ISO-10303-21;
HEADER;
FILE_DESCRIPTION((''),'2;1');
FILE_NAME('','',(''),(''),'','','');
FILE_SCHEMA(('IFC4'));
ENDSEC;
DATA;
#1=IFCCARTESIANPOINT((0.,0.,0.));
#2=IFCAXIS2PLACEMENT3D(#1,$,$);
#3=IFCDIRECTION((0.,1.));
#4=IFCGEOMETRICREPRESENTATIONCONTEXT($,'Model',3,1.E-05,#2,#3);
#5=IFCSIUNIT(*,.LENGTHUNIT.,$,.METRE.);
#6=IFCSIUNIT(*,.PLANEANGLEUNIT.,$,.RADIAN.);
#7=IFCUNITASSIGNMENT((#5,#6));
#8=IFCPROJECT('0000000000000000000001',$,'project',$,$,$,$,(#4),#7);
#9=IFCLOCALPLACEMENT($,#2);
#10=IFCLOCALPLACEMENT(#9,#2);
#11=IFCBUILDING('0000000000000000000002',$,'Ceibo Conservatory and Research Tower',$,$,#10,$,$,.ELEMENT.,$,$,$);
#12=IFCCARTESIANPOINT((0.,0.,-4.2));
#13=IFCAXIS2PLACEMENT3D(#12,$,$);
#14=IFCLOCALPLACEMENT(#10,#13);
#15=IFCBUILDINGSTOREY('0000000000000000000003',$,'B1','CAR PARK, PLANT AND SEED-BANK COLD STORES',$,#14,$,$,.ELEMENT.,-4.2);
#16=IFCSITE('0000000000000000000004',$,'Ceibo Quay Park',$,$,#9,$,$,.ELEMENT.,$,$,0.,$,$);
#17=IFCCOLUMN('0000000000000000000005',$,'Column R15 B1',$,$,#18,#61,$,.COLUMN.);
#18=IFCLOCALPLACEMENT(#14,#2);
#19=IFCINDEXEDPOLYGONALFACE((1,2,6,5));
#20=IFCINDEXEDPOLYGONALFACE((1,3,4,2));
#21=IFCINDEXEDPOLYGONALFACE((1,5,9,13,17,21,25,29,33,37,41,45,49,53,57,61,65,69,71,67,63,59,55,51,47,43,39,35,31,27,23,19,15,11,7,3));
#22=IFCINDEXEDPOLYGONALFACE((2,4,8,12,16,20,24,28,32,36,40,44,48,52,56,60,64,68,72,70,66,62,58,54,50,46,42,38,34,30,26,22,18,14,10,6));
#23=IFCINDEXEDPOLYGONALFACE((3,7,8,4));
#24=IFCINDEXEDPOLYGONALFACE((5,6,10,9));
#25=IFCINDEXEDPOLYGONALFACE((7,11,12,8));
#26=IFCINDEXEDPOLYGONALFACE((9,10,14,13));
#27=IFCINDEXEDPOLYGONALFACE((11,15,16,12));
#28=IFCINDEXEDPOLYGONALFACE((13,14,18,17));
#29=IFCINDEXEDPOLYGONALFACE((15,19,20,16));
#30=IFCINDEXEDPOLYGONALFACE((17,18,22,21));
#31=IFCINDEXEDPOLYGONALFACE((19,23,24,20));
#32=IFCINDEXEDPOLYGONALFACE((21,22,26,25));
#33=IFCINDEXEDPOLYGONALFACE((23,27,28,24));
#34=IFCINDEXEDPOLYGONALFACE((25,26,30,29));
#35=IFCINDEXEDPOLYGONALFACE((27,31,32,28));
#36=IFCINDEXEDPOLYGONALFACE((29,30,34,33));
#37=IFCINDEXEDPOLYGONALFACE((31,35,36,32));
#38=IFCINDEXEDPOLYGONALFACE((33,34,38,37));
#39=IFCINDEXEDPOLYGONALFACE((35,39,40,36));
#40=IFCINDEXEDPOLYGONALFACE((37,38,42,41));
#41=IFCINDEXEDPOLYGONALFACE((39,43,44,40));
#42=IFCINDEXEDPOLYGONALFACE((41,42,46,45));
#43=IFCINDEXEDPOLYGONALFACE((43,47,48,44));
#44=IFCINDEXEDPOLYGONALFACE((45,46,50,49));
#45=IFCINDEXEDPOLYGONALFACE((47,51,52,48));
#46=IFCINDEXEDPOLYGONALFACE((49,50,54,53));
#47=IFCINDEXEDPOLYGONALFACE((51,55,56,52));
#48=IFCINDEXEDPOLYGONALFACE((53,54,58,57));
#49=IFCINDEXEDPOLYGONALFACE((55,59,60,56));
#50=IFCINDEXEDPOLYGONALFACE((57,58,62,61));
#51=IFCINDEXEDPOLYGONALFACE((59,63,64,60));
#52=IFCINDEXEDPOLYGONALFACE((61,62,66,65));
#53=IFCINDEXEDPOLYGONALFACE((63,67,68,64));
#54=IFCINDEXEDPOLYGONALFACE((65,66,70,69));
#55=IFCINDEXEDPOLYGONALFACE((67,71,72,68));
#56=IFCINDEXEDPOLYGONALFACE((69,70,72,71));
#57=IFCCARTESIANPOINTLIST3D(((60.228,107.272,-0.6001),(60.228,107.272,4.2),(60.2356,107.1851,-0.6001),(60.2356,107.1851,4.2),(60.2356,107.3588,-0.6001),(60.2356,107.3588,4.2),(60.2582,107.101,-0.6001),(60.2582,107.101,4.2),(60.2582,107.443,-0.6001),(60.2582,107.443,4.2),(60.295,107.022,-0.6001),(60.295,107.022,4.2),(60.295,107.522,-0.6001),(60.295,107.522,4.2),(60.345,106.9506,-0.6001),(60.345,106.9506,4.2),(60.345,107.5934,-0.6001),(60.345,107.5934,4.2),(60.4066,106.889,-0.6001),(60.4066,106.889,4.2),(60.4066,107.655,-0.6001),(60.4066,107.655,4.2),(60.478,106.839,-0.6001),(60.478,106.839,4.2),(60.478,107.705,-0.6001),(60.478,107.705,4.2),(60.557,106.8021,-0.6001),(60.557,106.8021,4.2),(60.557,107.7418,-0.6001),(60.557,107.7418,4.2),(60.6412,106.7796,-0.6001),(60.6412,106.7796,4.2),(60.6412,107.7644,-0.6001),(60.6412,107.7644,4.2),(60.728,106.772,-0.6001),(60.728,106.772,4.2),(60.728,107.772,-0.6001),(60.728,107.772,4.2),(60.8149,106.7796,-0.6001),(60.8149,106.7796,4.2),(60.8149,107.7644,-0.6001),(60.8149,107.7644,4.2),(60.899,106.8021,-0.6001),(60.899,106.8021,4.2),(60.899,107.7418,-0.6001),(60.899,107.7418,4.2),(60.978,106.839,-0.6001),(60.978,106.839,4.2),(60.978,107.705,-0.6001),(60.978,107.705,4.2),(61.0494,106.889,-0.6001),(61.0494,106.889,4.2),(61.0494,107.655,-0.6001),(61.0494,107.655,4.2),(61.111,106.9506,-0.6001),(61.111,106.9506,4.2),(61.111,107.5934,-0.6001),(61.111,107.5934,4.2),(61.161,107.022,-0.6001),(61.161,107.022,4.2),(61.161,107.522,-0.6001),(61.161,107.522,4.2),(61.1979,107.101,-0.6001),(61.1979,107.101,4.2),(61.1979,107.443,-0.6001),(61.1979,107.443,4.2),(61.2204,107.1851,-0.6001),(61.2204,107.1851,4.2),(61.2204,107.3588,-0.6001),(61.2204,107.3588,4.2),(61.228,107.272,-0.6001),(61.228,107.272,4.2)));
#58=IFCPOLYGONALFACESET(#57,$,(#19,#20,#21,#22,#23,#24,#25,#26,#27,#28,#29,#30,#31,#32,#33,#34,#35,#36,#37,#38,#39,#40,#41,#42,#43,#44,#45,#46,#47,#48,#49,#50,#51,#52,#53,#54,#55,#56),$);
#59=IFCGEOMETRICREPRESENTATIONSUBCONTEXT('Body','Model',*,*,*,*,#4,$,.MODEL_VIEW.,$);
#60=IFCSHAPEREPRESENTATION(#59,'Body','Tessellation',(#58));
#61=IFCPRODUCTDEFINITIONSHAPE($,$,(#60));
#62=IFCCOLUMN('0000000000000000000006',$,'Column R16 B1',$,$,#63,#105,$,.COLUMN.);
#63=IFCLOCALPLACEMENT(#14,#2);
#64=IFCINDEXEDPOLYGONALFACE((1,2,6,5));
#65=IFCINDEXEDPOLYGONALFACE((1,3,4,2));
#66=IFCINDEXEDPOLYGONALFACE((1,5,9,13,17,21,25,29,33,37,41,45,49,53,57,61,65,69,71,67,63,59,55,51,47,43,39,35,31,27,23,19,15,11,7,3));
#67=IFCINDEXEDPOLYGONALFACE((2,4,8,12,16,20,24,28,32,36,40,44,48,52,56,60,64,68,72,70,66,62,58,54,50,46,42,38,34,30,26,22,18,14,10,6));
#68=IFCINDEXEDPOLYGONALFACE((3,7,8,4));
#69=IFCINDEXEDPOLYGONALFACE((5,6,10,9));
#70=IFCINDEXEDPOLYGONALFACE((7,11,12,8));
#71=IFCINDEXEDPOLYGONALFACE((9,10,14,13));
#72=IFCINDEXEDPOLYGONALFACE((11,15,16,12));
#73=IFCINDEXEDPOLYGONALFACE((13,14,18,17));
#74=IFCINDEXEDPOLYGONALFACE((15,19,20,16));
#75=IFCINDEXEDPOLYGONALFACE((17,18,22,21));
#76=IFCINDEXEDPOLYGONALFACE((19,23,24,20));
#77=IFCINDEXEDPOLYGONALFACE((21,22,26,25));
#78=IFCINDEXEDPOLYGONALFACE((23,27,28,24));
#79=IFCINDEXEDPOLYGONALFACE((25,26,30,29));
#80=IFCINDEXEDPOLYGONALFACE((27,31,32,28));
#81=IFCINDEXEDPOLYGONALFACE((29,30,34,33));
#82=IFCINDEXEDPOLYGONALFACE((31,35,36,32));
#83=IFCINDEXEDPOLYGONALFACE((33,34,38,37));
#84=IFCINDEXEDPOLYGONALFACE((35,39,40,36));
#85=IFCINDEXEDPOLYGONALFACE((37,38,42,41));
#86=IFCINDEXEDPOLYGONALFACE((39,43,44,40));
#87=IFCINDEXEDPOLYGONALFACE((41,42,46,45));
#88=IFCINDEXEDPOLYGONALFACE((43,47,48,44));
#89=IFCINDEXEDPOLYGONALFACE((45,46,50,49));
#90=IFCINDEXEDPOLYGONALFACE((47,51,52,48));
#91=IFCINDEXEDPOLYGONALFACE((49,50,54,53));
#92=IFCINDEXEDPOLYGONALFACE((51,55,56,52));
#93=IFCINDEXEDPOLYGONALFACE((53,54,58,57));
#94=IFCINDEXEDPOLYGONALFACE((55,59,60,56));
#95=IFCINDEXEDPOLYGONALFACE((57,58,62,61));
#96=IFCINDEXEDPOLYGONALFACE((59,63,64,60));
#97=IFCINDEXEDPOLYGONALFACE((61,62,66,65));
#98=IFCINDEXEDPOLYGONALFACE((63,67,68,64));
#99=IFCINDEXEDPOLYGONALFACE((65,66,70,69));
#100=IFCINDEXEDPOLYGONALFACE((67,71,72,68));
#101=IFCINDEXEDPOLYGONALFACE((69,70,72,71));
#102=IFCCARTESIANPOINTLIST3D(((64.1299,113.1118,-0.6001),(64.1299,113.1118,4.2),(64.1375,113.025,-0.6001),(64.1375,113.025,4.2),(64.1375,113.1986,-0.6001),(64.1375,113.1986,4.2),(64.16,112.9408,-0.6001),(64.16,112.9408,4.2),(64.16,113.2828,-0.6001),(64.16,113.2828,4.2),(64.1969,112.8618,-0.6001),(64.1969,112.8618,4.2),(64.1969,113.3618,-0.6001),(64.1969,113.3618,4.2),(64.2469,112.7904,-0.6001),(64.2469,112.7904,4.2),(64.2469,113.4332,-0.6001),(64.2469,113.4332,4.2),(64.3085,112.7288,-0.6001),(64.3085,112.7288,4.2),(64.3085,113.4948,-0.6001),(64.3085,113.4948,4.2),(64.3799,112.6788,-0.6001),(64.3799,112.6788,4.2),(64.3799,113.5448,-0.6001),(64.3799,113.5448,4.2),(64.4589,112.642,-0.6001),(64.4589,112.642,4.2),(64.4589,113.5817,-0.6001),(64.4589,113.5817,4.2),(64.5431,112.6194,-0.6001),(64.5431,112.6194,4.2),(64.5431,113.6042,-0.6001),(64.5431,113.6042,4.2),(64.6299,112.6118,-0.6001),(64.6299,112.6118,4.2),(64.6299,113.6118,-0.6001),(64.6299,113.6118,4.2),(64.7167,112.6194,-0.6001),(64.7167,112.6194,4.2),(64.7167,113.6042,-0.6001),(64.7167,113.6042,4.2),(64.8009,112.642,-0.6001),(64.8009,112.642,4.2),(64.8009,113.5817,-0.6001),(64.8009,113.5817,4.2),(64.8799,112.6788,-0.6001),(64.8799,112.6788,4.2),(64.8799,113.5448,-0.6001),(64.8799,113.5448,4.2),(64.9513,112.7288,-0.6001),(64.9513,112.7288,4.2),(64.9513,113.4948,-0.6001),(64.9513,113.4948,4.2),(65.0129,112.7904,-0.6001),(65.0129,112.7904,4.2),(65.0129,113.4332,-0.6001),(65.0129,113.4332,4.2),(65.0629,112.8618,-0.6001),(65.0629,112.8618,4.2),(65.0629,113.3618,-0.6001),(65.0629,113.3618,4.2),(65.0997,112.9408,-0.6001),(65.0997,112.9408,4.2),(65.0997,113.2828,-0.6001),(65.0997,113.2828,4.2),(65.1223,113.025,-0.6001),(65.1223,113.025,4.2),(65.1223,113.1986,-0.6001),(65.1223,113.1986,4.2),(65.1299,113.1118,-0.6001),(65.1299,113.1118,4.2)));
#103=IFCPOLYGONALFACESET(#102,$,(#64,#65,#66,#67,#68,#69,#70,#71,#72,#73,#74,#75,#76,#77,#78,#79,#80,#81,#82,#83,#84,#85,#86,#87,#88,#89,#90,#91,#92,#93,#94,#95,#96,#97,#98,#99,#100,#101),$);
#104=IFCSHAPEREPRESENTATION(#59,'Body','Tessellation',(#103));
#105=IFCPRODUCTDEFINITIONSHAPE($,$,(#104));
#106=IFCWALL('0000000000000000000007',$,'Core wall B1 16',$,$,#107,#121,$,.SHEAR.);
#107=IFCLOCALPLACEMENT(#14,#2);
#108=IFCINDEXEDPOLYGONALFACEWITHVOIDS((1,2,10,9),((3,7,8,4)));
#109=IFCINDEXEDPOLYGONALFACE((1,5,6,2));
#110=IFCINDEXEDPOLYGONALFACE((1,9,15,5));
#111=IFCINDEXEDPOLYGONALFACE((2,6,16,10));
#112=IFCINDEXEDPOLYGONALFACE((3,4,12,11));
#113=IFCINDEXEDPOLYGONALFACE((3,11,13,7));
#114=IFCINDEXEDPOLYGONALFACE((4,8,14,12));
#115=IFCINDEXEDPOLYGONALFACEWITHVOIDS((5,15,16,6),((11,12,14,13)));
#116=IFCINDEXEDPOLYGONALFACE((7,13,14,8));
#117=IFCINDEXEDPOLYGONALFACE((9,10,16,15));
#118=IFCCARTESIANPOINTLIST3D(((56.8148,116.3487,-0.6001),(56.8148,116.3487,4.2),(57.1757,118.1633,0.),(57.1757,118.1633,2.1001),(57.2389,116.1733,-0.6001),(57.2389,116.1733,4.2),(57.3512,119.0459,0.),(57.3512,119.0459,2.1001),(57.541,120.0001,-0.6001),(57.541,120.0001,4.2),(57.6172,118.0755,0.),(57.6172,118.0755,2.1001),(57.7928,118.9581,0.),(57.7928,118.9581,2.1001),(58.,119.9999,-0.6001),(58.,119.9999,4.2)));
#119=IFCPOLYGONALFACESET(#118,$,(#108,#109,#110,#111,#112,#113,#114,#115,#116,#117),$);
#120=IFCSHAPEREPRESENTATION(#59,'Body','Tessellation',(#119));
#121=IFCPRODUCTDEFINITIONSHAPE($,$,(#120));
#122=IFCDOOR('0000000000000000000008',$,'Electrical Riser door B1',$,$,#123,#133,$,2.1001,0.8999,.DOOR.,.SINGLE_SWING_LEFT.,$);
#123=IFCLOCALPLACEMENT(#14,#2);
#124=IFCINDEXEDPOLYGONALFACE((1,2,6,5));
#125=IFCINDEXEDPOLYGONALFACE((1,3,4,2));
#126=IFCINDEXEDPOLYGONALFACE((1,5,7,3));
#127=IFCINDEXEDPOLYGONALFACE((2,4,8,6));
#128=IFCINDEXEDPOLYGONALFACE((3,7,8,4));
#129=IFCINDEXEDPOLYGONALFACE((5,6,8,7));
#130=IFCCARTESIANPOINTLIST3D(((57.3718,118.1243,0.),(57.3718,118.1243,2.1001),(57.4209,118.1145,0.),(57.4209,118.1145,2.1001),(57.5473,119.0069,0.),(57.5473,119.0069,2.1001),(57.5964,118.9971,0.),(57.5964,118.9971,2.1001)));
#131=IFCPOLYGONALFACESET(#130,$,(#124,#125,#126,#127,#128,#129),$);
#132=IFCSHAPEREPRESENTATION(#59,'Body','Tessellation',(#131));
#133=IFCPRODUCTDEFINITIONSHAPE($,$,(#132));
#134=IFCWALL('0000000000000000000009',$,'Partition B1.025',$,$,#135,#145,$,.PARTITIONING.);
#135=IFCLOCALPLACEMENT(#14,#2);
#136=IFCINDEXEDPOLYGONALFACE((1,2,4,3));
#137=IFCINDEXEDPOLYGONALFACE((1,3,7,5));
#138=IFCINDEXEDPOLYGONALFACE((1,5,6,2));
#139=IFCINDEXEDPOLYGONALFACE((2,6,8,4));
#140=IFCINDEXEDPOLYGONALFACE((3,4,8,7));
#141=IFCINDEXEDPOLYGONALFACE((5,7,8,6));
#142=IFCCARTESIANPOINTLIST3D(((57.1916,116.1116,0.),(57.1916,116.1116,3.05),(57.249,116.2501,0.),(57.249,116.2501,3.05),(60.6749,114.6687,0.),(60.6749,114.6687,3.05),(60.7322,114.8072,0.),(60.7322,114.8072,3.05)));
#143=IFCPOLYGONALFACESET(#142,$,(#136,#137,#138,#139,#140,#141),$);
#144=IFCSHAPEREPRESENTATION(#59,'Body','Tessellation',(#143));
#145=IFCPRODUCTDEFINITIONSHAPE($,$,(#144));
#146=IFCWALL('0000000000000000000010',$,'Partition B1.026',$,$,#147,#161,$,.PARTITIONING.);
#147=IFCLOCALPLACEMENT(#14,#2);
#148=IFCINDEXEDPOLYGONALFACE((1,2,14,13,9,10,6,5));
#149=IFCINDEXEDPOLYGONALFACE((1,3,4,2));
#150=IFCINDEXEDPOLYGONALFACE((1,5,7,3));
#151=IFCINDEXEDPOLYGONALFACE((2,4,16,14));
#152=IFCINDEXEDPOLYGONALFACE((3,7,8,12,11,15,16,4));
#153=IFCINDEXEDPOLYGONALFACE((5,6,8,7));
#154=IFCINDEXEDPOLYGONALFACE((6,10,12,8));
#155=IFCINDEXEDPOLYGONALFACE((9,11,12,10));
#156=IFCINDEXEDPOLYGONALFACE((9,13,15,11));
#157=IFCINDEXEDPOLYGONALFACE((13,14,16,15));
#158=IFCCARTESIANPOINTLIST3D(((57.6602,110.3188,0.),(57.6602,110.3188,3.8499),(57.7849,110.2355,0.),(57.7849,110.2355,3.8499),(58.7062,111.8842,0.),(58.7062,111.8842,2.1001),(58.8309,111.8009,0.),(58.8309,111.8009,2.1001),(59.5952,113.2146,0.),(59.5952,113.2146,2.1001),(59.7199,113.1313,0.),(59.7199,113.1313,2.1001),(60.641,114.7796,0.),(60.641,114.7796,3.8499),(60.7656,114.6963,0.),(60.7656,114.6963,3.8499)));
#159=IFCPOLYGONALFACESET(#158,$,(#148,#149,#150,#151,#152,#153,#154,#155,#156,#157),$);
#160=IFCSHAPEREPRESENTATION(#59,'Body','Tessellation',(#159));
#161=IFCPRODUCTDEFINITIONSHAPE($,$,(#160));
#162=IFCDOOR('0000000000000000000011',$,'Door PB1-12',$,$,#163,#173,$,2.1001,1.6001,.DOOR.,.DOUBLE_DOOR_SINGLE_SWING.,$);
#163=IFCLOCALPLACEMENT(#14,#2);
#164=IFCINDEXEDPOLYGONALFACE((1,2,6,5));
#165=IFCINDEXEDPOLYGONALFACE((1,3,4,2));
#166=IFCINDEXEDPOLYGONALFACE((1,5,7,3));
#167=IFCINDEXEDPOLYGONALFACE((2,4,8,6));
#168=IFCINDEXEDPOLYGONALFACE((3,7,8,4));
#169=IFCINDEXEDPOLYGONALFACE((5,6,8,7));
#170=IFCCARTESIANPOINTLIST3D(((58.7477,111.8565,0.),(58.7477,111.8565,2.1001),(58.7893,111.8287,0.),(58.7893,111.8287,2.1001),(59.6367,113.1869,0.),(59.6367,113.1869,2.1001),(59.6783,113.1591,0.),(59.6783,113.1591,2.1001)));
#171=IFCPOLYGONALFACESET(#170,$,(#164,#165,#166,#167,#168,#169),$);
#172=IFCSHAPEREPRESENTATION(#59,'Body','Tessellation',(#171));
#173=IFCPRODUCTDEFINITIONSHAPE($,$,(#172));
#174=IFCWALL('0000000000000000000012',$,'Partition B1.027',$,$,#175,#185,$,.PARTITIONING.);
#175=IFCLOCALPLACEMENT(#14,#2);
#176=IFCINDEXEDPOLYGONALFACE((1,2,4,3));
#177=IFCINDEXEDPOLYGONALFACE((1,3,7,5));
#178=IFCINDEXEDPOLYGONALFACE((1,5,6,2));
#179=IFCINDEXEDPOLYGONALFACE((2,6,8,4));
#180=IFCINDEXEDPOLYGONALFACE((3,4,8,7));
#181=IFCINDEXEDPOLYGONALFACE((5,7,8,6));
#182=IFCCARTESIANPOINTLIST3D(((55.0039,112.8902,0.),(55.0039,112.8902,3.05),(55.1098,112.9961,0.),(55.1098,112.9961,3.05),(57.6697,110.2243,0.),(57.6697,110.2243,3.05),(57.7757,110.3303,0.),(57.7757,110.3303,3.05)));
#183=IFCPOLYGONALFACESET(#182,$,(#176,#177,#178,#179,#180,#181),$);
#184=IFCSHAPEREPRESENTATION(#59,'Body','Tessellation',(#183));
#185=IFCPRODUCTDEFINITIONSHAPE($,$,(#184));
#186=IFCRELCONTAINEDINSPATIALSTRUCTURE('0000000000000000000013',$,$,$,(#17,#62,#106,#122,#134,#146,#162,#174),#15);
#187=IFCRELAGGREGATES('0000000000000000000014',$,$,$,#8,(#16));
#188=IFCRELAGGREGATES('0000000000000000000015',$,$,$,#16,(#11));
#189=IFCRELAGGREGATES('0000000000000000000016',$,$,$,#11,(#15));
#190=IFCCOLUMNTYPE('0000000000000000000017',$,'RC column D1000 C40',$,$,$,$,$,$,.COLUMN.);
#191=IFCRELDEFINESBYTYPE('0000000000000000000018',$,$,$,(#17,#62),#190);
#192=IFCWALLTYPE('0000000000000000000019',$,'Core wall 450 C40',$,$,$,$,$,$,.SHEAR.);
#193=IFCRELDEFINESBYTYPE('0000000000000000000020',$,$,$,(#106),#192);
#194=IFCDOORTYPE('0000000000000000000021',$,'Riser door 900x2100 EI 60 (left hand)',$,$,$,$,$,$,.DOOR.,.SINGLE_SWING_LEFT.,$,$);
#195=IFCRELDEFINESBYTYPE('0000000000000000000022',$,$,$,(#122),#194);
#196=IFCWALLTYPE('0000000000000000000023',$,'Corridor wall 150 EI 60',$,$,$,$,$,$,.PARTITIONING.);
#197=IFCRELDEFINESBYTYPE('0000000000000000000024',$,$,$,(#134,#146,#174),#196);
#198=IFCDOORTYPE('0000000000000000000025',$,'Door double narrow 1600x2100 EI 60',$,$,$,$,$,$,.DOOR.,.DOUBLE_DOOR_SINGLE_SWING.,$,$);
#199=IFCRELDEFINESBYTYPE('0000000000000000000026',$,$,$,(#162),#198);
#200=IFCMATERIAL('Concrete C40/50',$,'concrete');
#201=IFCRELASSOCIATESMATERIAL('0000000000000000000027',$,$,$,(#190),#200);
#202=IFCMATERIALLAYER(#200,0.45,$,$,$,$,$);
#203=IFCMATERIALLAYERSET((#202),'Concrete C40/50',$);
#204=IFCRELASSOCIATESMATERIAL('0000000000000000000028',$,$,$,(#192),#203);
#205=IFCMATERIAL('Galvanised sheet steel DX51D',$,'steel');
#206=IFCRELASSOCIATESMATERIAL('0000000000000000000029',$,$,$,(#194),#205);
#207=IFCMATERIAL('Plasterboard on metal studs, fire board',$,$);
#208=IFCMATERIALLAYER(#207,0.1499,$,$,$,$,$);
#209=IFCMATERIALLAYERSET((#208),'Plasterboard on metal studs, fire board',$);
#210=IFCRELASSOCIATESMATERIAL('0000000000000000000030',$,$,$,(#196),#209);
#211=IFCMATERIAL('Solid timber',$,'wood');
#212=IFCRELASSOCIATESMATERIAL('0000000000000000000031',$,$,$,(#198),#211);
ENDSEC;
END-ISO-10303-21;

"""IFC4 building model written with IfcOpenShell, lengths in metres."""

from ifc_helpers import new_model, si_unit, direction, frame, frame_2d, origin, origin_2d, place, context, subcontext, project, spatial, polyline, rectangle, circle, outline, extrude, material, layer, layer_set, material_profile, profile_set, type_object, element, fill, save


model = new_model("IFC4")

# Units and contexts
model_context = context("Model", 3, precision=1e-05, world=origin(), true_north=direction((0.0, 1.0)))
body_context = subcontext(model_context, "Body", "Model", "MODEL_VIEW")
ifc_project = project(units=[si_unit("LENGTHUNIT", "METRE"), si_unit("PLANEANGLEUNIT", "RADIAN")], contexts=[model_context])

# Site, building, storey
site_placement = place(None, origin())
site = spatial("IfcSite", under=ifc_project, at=site_placement, Name="Ceibo Quay Park", CompositionType="ELEMENT", RefElevation=0.0)
building_placement = place(site_placement, origin())
building = spatial("IfcBuilding", under=site, at=building_placement, Name="Ceibo Conservatory and Research Tower", CompositionType="ELEMENT")
storey_placement = place(building_placement, frame((0.0, 0.0, -4.2)))
storey = spatial("IfcBuildingStorey", under=building, at=storey_placement, Name="B1", Description="CAR PARK, PLANT AND SEED-BANK COLD STORES", CompositionType="ELEMENT", Elevation=-4.2)

# Shared definitions
ifc_material_1 = material(Name="Concrete C40/50", Category="concrete")

# Columns
ifc_material_profile_1 = material_profile(ifc_material_1, circle(Radius=0.5, at=origin_2d()), Name="RC D1000")
ifc_profile_set_1 = profile_set([ifc_material_profile_1], Name="Concrete C40/50")
column_type = type_object("IfcColumnType", Name="RC column D1000 C40", PredefinedType="COLUMN", material=ifc_profile_set_1)
for number, where, z_axis, x_axis, name in (
    (1, (60.728, 107.272, -0.6001), (0.0, 0.0, 1.0), (1.0, 0.0, 0.0), "Column R15 B1"),
    (2, (64.6299, 113.1118, -0.6001), (0.0, 0.0, 1.0), (1.0, 0.0, 0.0), "Column R16 B1"),
):
    element("IfcColumn", number, at=place(storey_placement, frame(where, z_axis=z_axis, x_axis=x_axis)), inside=storey, type_object=column_type, Name=name, PredefinedType="COLUMN", context=body_context, shape_type="SweptSolid", body=[
        extrude(circle(Radius=0.5, at=origin_2d()), origin(), (0.0, 0.0, 1.0), 4.8),
    ])

# Wall, opening, door
ifc_layer_1 = layer(ifc_material_1, 0.45)
ifc_layer_set_1 = layer_set([ifc_layer_1], Name="Concrete C40/50")
wall_type_1 = type_object("IfcWallType", Name="Core wall 450 C40", PredefinedType="SHEAR", material=ifc_layer_set_1)
wall_1_placement = place(storey_placement, frame((57.0269, 116.261, -0.6001), z_axis=(0.0, 0.0, 1.0), x_axis=(0.195069, 0.980789, 0.0)))
wall_1 = element("IfcWall", 3, at=wall_1_placement, inside=storey, type_object=wall_type_1, Name="Core wall B1 16", PredefinedType="SHEAR", context=body_context, shape_type="SweptSolid", body=[
    extrude(outline(polyline([(-0.0447, -0.2251), (3.8569, -0.2251), (3.7676, 0.2251), (0.0447, 0.2251), (-0.0447, -0.2251)])), origin(), (0.0, 0.0, 1.0), 4.8),
])
opening_1_placement = place(wall_1_placement, frame((1.8948, 0.0, 0.6001)))
opening_1 = element("IfcOpeningElement", 4, at=opening_1_placement, cuts=wall_1, PredefinedType="OPENING", context=body_context, shape_type="SweptSolid", body=[
    extrude(rectangle(XDim=0.8999, YDim=2.1001, at=frame_2d((0.45, 1.05))), frame((0.0, 0.2349, 0.0), z_axis=(0.0, -1.0, 0.0), x_axis=(1.0, 0.0, 0.0)), (0.0, 0.0, 1.0), 0.47),
])
ifc_material_2 = material(Name="Galvanised sheet steel DX51D", Category="steel")
door_type_1 = type_object("IfcDoorType", Name="Riser door 900x2100 EI 60 (left hand)", OperationType="SINGLE_SWING_LEFT", PredefinedType="DOOR", material=ifc_material_2)
door_1_placement = place(opening_1_placement, frame((0.8999, 0.0, 0.0), z_axis=(0.0, 0.0, 1.0), x_axis=(-1.0, 0.0, 0.0)))
door_1 = element("IfcDoor", 5, at=door_1_placement, inside=storey, type_object=door_type_1, Name="Electrical Riser door B1", OperationType="SINGLE_SWING_LEFT", OverallHeight=2.1001, OverallWidth=0.8999, PredefinedType="DOOR", context=body_context, shape_type="SweptSolid", body=[
    extrude(rectangle(XDim=0.8999, YDim=2.1001, at=frame_2d((0.45, 1.05))), frame((0.0, 0.0249, 0.0), z_axis=(0.0, -1.0, 0.0), x_axis=(1.0, 0.0, 0.0)), (0.0, 0.0, 1.0), 0.05),
])
fill(opening_1, door_1)

# Wall
ifc_material_3 = material(Name="Plasterboard on metal studs, fire board")
ifc_layer_2 = layer(ifc_material_3, 0.1499)
ifc_layer_set_2 = layer_set([ifc_layer_2], Name="Plasterboard on metal studs, fire board")
wall_type_2 = type_object("IfcWallType", Name="Corridor wall 150 EI 60", PredefinedType="PARTITIONING", material=ifc_layer_set_2)
wall_2_placement = place(storey_placement, frame((57.2202, 116.1809, 0.0), z_axis=(0.0, 0.0, 1.0), x_axis=(0.92387, -0.382706, 0.0)))
element("IfcWall", 6, at=wall_2_placement, inside=storey, type_object=wall_type_2, Name="Partition B1.025", PredefinedType="PARTITIONING", context=body_context, shape_type="SweptSolid", body=[
    extrude(rectangle(XDim=3.7703, YDim=0.1499, at=frame_2d((1.8853, 0.0))), origin(), (0.0, 0.0, 1.0), 3.05),
])

# Wall, opening, door
wall_3_placement = place(storey_placement, frame((60.7034, 114.738, 0.0), z_axis=(0.0, 0.0, 1.0), x_axis=(-0.555593, -0.831455, 0.0)))
wall_3 = element("IfcWall", 7, at=wall_3_placement, inside=storey, type_object=wall_type_2, Name="Partition B1.026", PredefinedType="PARTITIONING", context=body_context, shape_type="SweptSolid", body=[
    extrude(rectangle(XDim=5.365, YDim=0.1499, at=frame_2d((2.6826, 0.0))), origin(), (0.0, 0.0, 1.0), 3.8499),
])
opening_2_placement = place(wall_3_placement, frame((1.8823, 0.0, 0.0)))
opening_2 = element("IfcOpeningElement", 8, at=opening_2_placement, cuts=wall_3, PredefinedType="OPENING", context=body_context, shape_type="SweptSolid", body=[
    extrude(rectangle(XDim=1.6001, YDim=2.1001, at=frame_2d((0.8, 1.05))), frame((0.0, 0.085, 0.0), z_axis=(0.0, -1.0, 0.0), x_axis=(1.0, 0.0, 0.0)), (0.0, 0.0, 1.0), 0.1699),
])
ifc_material_4 = material(Name="Solid timber", Category="wood")
door_type_2 = type_object("IfcDoorType", Name="Door double narrow 1600x2100 EI 60", OperationType="DOUBLE_DOOR_SINGLE_SWING", PredefinedType="DOOR", material=ifc_material_4)
door_2_placement = place(opening_2_placement, origin())
door_2 = element("IfcDoor", 9, at=door_2_placement, inside=storey, type_object=door_type_2, Name="Door PB1-12", OperationType="DOUBLE_DOOR_SINGLE_SWING", OverallHeight=2.1001, OverallWidth=1.6001, PredefinedType="DOOR", context=body_context, shape_type="SweptSolid", body=[
    extrude(rectangle(XDim=1.6001, YDim=2.1001, at=frame_2d((0.8, 1.05))), frame((0.0, 0.0249, 0.0), z_axis=(0.0, -1.0, 0.0), x_axis=(1.0, 0.0, 0.0)), (0.0, 0.0, 1.0), 0.05),
])
fill(opening_2, door_2)

# Wall
wall_4_placement = place(storey_placement, frame((57.7227, 110.2773, 0.0), z_axis=(0.0, 0.0, 1.0), x_axis=(-0.707107, 0.707107, 0.0)))
element("IfcWall", 10, at=wall_4_placement, inside=storey, type_object=wall_type_2, Name="Partition B1.027", PredefinedType="PARTITIONING", context=body_context, shape_type="SweptSolid", body=[
    extrude(rectangle(XDim=3.77, YDim=0.1499, at=frame_2d((1.885, 0.0))), origin(), (0.0, 0.0, 1.0), 3.05),
])

save(model, "model.ifc")
